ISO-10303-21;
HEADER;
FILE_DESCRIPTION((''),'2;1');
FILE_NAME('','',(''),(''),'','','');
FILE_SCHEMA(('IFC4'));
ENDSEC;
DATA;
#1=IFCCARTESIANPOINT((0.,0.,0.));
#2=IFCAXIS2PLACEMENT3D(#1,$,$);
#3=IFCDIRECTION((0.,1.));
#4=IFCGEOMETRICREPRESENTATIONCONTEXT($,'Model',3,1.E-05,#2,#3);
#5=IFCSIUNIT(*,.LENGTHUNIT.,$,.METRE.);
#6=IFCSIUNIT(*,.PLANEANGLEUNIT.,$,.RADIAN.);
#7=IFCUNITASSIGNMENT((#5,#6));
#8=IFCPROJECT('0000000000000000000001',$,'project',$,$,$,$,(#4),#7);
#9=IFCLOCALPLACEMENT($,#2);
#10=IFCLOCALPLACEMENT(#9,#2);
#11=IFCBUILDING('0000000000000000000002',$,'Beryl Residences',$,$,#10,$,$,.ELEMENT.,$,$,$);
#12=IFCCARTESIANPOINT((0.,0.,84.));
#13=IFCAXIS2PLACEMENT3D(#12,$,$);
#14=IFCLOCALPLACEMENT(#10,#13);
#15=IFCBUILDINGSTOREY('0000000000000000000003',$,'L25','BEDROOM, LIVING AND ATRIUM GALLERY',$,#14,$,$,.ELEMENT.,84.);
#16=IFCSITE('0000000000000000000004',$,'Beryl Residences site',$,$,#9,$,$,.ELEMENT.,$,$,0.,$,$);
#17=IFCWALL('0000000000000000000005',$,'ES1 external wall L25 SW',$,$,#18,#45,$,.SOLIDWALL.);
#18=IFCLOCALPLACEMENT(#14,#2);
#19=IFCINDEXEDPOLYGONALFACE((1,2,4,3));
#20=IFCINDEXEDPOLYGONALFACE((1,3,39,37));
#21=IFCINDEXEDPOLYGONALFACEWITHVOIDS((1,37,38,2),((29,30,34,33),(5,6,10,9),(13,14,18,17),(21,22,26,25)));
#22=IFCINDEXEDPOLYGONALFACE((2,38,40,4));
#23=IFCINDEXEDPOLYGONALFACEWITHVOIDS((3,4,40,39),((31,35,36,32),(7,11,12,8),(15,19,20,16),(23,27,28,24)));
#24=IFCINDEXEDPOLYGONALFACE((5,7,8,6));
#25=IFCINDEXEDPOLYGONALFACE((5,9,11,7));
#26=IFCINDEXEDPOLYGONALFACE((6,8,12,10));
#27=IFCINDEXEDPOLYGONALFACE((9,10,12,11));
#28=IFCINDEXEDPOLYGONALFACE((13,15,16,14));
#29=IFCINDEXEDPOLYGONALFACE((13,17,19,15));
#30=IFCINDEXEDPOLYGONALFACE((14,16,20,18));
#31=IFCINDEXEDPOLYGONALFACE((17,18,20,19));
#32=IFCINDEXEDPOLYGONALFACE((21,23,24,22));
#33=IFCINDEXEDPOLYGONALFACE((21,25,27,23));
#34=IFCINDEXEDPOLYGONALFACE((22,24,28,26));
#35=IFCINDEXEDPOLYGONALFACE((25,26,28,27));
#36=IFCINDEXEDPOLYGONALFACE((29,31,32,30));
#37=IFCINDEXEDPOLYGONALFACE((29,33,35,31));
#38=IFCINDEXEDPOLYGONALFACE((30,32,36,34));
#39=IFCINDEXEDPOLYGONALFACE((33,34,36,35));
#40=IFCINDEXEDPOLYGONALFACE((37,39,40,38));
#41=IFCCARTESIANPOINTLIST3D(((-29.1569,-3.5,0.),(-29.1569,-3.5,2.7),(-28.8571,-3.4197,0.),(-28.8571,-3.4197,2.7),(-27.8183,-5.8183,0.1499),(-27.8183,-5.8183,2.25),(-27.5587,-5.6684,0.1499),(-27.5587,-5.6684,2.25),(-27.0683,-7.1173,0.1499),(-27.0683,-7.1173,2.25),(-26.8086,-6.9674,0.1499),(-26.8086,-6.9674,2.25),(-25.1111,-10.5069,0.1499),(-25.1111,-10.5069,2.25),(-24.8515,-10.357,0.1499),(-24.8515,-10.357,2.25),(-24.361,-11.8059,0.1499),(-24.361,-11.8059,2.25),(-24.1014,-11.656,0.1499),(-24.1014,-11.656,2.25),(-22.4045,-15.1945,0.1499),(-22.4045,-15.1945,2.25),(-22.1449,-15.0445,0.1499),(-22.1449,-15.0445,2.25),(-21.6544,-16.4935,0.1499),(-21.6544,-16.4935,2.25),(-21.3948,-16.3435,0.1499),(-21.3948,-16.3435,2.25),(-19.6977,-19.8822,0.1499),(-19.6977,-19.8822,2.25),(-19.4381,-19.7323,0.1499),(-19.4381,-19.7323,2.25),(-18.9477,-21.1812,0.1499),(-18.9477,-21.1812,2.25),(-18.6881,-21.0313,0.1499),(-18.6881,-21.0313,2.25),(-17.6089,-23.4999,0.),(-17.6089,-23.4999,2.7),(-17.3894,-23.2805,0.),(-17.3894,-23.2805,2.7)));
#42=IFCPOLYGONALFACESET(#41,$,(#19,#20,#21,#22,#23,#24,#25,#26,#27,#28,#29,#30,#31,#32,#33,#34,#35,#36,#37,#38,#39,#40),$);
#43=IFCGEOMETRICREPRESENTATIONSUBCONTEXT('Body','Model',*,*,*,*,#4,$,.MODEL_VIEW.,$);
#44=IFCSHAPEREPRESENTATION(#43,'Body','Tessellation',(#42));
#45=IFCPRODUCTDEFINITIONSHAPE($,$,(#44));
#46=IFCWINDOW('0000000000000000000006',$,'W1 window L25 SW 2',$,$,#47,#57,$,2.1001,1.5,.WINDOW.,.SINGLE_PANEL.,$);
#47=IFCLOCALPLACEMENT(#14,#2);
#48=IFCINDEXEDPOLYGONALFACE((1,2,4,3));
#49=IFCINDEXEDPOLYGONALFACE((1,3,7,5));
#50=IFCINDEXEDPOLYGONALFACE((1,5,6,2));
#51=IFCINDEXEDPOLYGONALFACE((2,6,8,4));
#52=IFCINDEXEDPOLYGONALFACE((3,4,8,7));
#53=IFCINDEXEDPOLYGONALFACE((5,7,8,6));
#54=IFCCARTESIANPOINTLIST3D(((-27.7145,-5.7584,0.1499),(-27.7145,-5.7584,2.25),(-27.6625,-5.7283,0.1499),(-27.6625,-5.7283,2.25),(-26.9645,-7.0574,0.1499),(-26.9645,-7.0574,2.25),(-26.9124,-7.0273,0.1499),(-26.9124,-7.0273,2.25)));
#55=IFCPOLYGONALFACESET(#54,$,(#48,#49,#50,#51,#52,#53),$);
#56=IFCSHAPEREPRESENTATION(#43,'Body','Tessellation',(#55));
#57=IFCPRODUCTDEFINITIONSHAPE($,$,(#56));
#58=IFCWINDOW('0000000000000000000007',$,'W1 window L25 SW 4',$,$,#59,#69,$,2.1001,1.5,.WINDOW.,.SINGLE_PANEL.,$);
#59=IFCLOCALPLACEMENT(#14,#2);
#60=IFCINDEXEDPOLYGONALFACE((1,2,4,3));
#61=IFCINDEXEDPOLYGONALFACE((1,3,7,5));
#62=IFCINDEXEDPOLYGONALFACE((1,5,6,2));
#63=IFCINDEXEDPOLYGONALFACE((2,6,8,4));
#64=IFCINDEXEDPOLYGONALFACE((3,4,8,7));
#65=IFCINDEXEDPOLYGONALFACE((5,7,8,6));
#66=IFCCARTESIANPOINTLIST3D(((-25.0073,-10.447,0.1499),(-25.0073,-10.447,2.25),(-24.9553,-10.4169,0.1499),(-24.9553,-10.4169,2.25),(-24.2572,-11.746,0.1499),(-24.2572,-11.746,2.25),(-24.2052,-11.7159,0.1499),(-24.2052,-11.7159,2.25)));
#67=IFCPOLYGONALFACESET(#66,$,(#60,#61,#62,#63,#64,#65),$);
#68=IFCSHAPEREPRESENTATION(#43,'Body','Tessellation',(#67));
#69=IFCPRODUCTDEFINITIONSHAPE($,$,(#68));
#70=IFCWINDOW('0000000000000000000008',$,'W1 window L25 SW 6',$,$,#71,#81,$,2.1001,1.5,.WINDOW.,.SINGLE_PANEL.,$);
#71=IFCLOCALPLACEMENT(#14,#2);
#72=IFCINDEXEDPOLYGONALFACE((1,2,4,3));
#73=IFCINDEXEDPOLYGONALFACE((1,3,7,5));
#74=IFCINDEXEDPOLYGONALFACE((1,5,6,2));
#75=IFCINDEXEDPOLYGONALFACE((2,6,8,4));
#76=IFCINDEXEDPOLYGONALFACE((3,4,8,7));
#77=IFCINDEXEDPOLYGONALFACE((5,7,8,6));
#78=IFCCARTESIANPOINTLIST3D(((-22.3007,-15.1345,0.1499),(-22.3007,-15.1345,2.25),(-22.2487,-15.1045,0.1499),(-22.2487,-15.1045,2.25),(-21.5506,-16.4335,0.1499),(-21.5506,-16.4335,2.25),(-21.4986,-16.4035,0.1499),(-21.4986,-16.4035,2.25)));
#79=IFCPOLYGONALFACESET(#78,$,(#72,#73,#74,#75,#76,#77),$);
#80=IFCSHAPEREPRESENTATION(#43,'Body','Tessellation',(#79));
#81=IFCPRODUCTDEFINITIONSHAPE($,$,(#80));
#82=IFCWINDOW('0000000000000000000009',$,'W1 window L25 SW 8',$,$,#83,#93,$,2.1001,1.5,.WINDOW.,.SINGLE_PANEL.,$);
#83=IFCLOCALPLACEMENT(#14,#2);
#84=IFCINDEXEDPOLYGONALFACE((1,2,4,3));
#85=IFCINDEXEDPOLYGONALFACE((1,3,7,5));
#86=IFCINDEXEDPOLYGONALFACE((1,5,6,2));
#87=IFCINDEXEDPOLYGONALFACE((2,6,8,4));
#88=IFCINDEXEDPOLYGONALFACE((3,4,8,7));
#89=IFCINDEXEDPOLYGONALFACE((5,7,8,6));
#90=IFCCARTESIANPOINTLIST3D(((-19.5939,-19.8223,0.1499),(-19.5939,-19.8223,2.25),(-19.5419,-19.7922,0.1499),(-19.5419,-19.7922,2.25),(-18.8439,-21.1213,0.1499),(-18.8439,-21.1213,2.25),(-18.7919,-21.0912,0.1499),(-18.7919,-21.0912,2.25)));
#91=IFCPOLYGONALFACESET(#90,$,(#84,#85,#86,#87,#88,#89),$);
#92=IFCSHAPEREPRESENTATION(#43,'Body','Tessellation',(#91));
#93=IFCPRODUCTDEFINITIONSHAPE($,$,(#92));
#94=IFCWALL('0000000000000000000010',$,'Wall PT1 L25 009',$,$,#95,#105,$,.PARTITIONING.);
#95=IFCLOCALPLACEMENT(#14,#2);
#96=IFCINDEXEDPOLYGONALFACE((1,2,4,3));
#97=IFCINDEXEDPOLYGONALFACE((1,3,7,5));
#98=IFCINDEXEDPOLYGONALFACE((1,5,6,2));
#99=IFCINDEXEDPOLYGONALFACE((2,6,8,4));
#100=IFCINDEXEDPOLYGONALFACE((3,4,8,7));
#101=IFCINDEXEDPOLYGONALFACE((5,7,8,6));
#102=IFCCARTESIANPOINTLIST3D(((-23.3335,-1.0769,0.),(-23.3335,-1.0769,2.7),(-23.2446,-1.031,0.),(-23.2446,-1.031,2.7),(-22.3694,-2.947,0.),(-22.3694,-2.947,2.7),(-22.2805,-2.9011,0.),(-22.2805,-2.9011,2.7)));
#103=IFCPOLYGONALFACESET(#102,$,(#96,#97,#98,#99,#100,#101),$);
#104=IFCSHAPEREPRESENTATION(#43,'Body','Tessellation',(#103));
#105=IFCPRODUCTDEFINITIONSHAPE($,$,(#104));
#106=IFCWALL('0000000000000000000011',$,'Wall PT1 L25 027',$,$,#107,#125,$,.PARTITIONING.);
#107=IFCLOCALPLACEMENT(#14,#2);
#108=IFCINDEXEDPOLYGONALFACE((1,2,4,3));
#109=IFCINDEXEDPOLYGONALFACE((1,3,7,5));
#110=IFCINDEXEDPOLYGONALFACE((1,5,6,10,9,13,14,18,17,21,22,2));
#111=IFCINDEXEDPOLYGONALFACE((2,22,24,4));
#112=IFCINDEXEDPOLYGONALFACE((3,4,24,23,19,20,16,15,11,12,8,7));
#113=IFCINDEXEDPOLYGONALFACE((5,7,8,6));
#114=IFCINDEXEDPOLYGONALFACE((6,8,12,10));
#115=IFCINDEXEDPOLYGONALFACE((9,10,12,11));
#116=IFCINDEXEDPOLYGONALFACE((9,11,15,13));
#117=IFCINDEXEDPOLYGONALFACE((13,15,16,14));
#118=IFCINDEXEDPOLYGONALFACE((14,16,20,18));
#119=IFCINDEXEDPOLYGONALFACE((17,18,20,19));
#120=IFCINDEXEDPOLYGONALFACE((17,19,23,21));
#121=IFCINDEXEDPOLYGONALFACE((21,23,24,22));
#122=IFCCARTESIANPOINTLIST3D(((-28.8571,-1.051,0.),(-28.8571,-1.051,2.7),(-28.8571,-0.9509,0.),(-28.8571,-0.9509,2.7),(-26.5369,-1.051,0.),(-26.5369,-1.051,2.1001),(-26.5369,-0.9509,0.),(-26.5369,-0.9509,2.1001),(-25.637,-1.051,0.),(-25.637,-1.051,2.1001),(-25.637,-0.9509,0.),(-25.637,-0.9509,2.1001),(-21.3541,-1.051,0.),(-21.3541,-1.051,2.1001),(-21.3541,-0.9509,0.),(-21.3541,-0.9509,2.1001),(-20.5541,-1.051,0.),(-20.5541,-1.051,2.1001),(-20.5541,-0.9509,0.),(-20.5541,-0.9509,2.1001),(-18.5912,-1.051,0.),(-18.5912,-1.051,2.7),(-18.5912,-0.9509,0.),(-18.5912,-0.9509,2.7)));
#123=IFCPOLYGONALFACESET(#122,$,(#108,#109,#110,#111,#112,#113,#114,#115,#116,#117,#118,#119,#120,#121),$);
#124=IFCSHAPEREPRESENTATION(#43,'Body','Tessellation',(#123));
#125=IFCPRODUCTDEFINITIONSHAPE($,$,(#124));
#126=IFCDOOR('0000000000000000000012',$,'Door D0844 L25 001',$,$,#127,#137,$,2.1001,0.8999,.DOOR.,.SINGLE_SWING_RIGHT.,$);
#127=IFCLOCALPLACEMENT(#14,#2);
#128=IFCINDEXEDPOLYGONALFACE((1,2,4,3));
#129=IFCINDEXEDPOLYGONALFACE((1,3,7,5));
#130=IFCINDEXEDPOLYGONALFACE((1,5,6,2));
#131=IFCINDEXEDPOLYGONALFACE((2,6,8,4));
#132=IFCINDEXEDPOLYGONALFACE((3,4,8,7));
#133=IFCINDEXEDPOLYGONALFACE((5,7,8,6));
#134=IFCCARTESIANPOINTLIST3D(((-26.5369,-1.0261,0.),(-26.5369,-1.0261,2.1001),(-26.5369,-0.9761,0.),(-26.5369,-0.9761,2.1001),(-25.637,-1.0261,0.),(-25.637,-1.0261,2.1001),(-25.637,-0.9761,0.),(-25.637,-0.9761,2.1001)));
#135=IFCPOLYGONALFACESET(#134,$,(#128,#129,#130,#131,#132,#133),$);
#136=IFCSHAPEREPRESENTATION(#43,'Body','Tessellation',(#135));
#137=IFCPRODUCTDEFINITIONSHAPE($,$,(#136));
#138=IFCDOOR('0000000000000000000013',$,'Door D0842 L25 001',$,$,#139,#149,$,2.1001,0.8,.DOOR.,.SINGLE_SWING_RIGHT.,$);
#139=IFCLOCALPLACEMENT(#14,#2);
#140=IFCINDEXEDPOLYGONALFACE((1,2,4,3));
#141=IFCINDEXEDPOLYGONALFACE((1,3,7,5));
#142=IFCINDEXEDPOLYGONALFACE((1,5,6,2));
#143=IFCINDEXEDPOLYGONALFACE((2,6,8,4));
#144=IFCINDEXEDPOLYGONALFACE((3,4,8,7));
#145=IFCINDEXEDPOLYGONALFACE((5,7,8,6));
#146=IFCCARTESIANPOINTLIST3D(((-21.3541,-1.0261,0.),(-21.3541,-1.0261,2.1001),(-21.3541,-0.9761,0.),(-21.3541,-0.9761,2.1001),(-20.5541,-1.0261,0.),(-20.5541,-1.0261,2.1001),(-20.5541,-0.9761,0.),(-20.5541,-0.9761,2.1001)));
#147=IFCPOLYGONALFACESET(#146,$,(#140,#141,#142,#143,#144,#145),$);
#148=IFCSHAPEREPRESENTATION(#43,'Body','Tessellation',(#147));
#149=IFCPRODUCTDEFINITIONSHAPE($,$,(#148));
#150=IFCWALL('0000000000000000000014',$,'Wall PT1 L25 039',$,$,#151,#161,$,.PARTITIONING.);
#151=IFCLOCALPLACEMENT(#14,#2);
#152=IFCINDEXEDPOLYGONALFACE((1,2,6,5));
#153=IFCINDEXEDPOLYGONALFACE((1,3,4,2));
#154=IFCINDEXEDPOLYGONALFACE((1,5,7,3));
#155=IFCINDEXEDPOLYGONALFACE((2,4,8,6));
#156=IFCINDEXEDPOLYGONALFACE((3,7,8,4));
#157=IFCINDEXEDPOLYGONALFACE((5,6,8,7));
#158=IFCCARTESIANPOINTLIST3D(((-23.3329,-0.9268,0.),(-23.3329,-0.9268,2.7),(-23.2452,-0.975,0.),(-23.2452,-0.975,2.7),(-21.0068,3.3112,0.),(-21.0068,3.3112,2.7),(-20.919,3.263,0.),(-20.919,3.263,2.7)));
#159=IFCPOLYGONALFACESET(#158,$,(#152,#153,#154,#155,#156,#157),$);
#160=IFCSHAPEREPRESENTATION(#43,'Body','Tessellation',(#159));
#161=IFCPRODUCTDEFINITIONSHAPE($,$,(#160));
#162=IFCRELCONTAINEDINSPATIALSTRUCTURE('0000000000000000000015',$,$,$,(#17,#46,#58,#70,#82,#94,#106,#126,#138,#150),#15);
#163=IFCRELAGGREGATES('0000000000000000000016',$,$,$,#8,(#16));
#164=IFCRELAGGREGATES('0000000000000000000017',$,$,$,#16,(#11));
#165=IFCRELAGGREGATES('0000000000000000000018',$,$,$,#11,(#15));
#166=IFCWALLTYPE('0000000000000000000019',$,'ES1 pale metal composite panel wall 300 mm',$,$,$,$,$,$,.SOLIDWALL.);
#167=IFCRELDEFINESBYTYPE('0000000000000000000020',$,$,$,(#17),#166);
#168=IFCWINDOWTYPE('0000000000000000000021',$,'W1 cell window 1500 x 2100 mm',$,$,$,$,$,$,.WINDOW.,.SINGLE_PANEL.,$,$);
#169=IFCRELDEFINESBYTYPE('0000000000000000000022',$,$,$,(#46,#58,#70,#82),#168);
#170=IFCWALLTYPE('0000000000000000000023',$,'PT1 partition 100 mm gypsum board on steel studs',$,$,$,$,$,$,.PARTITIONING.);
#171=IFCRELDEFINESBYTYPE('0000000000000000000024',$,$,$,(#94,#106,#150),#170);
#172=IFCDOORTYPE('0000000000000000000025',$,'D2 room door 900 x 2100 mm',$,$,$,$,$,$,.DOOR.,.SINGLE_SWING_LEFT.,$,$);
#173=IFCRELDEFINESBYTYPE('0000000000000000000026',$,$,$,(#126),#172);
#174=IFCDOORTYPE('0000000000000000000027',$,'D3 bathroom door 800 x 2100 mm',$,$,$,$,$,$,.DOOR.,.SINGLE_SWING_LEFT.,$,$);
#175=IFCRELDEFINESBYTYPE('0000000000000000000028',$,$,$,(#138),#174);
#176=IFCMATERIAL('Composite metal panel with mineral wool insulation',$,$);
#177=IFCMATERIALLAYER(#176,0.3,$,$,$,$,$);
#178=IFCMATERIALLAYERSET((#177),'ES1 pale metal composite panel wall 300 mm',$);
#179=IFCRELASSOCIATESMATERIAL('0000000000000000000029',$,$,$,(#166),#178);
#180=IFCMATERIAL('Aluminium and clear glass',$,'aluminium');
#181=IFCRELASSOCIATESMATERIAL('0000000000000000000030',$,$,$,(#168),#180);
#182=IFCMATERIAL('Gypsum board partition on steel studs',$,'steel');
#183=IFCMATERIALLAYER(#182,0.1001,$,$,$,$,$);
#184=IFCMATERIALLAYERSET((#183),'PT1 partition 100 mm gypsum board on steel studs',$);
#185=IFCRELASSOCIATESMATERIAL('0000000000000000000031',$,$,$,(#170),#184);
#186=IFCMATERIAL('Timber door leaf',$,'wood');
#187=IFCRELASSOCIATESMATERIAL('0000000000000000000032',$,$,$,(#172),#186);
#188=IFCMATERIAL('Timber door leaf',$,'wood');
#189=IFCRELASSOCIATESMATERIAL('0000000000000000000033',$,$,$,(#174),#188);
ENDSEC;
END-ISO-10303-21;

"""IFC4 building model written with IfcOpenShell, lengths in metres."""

from ifc_helpers import new_model, si_unit, direction, frame, frame_2d, origin, place, context, subcontext, project, spatial, polyline, rectangle, outline, extrude, material, layer, layer_set, type_object, element, fill, save


model = new_model("IFC4")

# Units and contexts
model_context = context("Model", 3, precision=1e-05, world=origin(), true_north=direction((0.0, 1.0)))
body_context = subcontext(model_context, "Body", "Model", "MODEL_VIEW")
ifc_project = project(units=[si_unit("LENGTHUNIT", "METRE"), si_unit("PLANEANGLEUNIT", "RADIAN")], contexts=[model_context])

# Site, building, storey
site_placement = place(None, origin())
site = spatial("IfcSite", under=ifc_project, at=site_placement, Name="Beryl Residences site", CompositionType="ELEMENT", RefElevation=0.0)
building_placement = place(site_placement, origin())
building = spatial("IfcBuilding", under=site, at=building_placement, Name="Beryl Residences", CompositionType="ELEMENT")
storey_placement = place(building_placement, frame((0.0, 0.0, 84.0)))
storey = spatial("IfcBuildingStorey", under=building, at=storey_placement, Name="L25", Description="BEDROOM, LIVING AND ATRIUM GALLERY", CompositionType="ELEMENT", Elevation=84.0)

# Shared definitions
ifc_material_1 = material(Name="Composite metal panel with mineral wool insulation")
ifc_layer_1 = layer(ifc_material_1, 0.3)
ifc_layer_set_1 = layer_set([ifc_layer_1], Name="ES1 pale metal composite panel wall 300 mm")
wall_type_1 = type_object("IfcWallType", Name="ES1 pale metal composite panel wall 300 mm", PredefinedType="SOLIDWALL", material=ifc_layer_set_1)

# Wall, openings, windows
wall_1_placement = place(storey_placement, frame((-29.0271, -3.425, 0.0), z_axis=(0.0, 0.0, 1.0), x_axis=(0.500035, -0.866005, 0.0)))
wall_1 = element("IfcWall", 1, at=wall_1_placement, inside=storey, type_object=wall_type_1, Name="ES1 external wall L25 SW", PredefinedType="SOLIDWALL", context=body_context, shape_type="SweptSolid", body=[
    extrude(outline(polyline([(0.0, -0.1499), (23.0945, -0.1499), (23.0142, 0.1499), (0.0803, 0.1499), (0.0, -0.1499)])), origin(), (0.0, 0.0, 1.0), 2.7),
])
opening_1_placement = place(wall_1_placement, frame((2.677, 0.0, 0.1499)))
opening_1 = element("IfcOpeningElement", 2, at=opening_1_placement, cuts=wall_1, PredefinedType="OPENING", context=body_context, shape_type="SweptSolid", body=[
    extrude(rectangle(XDim=1.5, YDim=2.1001, at=frame_2d((0.75, 1.05))), frame((0.0, 0.1599, 0.0), z_axis=(0.0, -1.0, 0.0), x_axis=(1.0, 0.0, 0.0)), (0.0, 0.0, 1.0), 0.3201),
])
opening_2_placement = place(wall_1_placement, frame((8.0911, 0.0, 0.1499)))
opening_2 = element("IfcOpeningElement", 3, at=opening_2_placement, cuts=wall_1, PredefinedType="OPENING", context=body_context, shape_type="SweptSolid", body=[
    extrude(rectangle(XDim=1.5, YDim=2.1001, at=frame_2d((0.75, 1.05))), frame((0.0, 0.1599, 0.0), z_axis=(0.0, -1.0, 0.0), x_axis=(1.0, 0.0, 0.0)), (0.0, 0.0, 1.0), 0.3201),
])
opening_3_placement = place(wall_1_placement, frame((13.5039, 0.0, 0.1499)))
opening_3 = element("IfcOpeningElement", 4, at=opening_3_placement, cuts=wall_1, PredefinedType="OPENING", context=body_context, shape_type="SweptSolid", body=[
    extrude(rectangle(XDim=1.5, YDim=2.1001, at=frame_2d((0.75, 1.05))), frame((0.0, 0.1599, 0.0), z_axis=(0.0, -1.0, 0.0), x_axis=(1.0, 0.0, 0.0)), (0.0, 0.0, 1.0), 0.3201),
])
opening_4_placement = place(wall_1_placement, frame((18.917, 0.0, 0.1499)))
opening_4 = element("IfcOpeningElement", 5, at=opening_4_placement, cuts=wall_1, PredefinedType="OPENING", context=body_context, shape_type="SweptSolid", body=[
    extrude(rectangle(XDim=1.5, YDim=2.1001, at=frame_2d((0.75, 1.05))), frame((0.0, 0.1599, 0.0), z_axis=(0.0, -1.0, 0.0), x_axis=(1.0, 0.0, 0.0)), (0.0, 0.0, 1.0), 0.3201),
])
ifc_material_2 = material(Name="Aluminium and clear glass", Category="aluminium")
window_type_1 = type_object("IfcWindowType", Name="W1 cell window 1500 x 2100 mm", PartitioningType="SINGLE_PANEL", PredefinedType="WINDOW", material=ifc_material_2)
window_1_placement = place(opening_1_placement, origin())
window_1 = element("IfcWindow", 6, at=window_1_placement, inside=storey, type_object=window_type_1, Name="W1 window L25 SW 2", OverallHeight=2.1001, OverallWidth=1.5, PartitioningType="SINGLE_PANEL", PredefinedType="WINDOW", context=body_context, shape_type="SweptSolid", body=[
    extrude(rectangle(XDim=1.5, YDim=2.1001, at=frame_2d((0.75, 1.05))), frame((0.0, 0.03, 0.0), z_axis=(0.0, -1.0, 0.0), x_axis=(1.0, 0.0, 0.0)), (0.0, 0.0, 1.0), 0.0601),
])
fill(opening_1, window_1)
window_2_placement = place(opening_2_placement, origin())
window_2 = element("IfcWindow", 7, at=window_2_placement, inside=storey, type_object=window_type_1, Name="W1 window L25 SW 4", OverallHeight=2.1001, OverallWidth=1.5, PartitioningType="SINGLE_PANEL", PredefinedType="WINDOW", context=body_context, shape_type="SweptSolid", body=[
    extrude(rectangle(XDim=1.5, YDim=2.1001, at=frame_2d((0.75, 1.05))), frame((0.0, 0.03, 0.0), z_axis=(0.0, -1.0, 0.0), x_axis=(1.0, 0.0, 0.0)), (0.0, 0.0, 1.0), 0.0601),
])
fill(opening_2, window_2)
window_3_placement = place(opening_3_placement, origin())
window_3 = element("IfcWindow", 8, at=window_3_placement, inside=storey, type_object=window_type_1, Name="W1 window L25 SW 6", OverallHeight=2.1001, OverallWidth=1.5, PartitioningType="SINGLE_PANEL", PredefinedType="WINDOW", context=body_context, shape_type="SweptSolid", body=[
    extrude(rectangle(XDim=1.5, YDim=2.1001, at=frame_2d((0.75, 1.05))), frame((0.0, 0.03, 0.0), z_axis=(0.0, -1.0, 0.0), x_axis=(1.0, 0.0, 0.0)), (0.0, 0.0, 1.0), 0.0601),
])
fill(opening_3, window_3)
window_4_placement = place(opening_4_placement, origin())
window_4 = element("IfcWindow", 9, at=window_4_placement, inside=storey, type_object=window_type_1, Name="W1 window L25 SW 8", OverallHeight=2.1001, OverallWidth=1.5, PartitioningType="SINGLE_PANEL", PredefinedType="WINDOW", context=body_context, shape_type="SweptSolid", body=[
    extrude(rectangle(XDim=1.5, YDim=2.1001, at=frame_2d((0.75, 1.05))), frame((0.0, 0.03, 0.0), z_axis=(0.0, -1.0, 0.0), x_axis=(1.0, 0.0, 0.0)), (0.0, 0.0, 1.0), 0.0601),
])
fill(opening_4, window_4)

# Wall
ifc_material_3 = material(Name="Gypsum board partition on steel studs", Category="steel")
ifc_layer_2 = layer(ifc_material_3, 0.1001)
ifc_layer_set_2 = layer_set([ifc_layer_2], Name="PT1 partition 100 mm gypsum board on steel studs")
wall_type_2 = type_object("IfcWallType", Name="PT1 partition 100 mm gypsum board on steel studs", PredefinedType="PARTITIONING", material=ifc_layer_set_2)
wall_2_placement = place(storey_placement, frame((-23.2891, -1.054, 0.0), z_axis=(0.0, 0.0, 1.0), x_axis=(0.458226, -0.888836, 0.0)))
element("IfcWall", 10, at=wall_2_placement, inside=storey, type_object=wall_type_2, Name="Wall PT1 L25 009", PredefinedType="PARTITIONING", context=body_context, shape_type="SweptSolid", body=[
    extrude(rectangle(XDim=2.104, YDim=0.1001, at=frame_2d((1.052, 0.0))), origin(), (0.0, 0.0, 1.0), 2.7),
])

# Wall, openings, doors
wall_3_placement = place(storey_placement, frame((-28.8569, -1.001, 0.0), z_axis=(0.0, 0.0, 1.0), x_axis=(1.0, 0.0, 0.0)))
wall_3 = element("IfcWall", 11, at=wall_3_placement, inside=storey, type_object=wall_type_2, Name="Wall PT1 L25 027", PredefinedType="PARTITIONING", context=body_context, shape_type="SweptSolid", body=[
    extrude(rectangle(XDim=10.2659, YDim=0.1001, at=frame_2d((5.1328, 0.0))), origin(), (0.0, 0.0, 1.0), 2.7),
])
opening_5_placement = place(wall_3_placement, frame((7.5029, 0.0, 0.0)))
opening_5 = element("IfcOpeningElement", 12, at=opening_5_placement, cuts=wall_3, PredefinedType="OPENING", context=body_context, shape_type="SweptSolid", body=[
    extrude(rectangle(XDim=0.8, YDim=2.1001, at=frame_2d((0.3999, 1.05))), frame((0.0, 0.0601, 0.0), z_axis=(0.0, -1.0, 0.0), x_axis=(1.0, 0.0, 0.0)), (0.0, 0.0, 1.0), 0.1201),
])
opening_6_placement = place(wall_3_placement, frame((2.3201, 0.0, 0.0)))
opening_6 = element("IfcOpeningElement", 13, at=opening_6_placement, cuts=wall_3, PredefinedType="OPENING", context=body_context, shape_type="SweptSolid", body=[
    extrude(rectangle(XDim=0.8999, YDim=2.1001, at=frame_2d((0.45, 1.05))), frame((0.0, 0.0601, 0.0), z_axis=(0.0, -1.0, 0.0), x_axis=(1.0, 0.0, 0.0)), (0.0, 0.0, 1.0), 0.1201),
])
ifc_material_4 = material(Name="Timber door leaf", Category="wood")
door_type_1 = type_object("IfcDoorType", Name="D2 room door 900 x 2100 mm", OperationType="SINGLE_SWING_LEFT", PredefinedType="DOOR", material=ifc_material_4)
door_1_placement = place(opening_6_placement, origin())
door_1 = element("IfcDoor", 14, at=door_1_placement, inside=storey, type_object=door_type_1, Name="Door D0844 L25 001", OperationType="SINGLE_SWING_RIGHT", OverallHeight=2.1001, OverallWidth=0.8999, PredefinedType="DOOR", context=body_context, shape_type="SweptSolid", body=[
    extrude(rectangle(XDim=0.8999, YDim=2.1001, at=frame_2d((0.45, 1.05))), frame((0.0, 0.0249, 0.0), z_axis=(0.0, -1.0, 0.0), x_axis=(1.0, 0.0, 0.0)), (0.0, 0.0, 1.0), 0.05),
])
fill(opening_6, door_1)
ifc_material_5 = material(Name="Timber door leaf", Category="wood")
door_type_2 = type_object("IfcDoorType", Name="D3 bathroom door 800 x 2100 mm", OperationType="SINGLE_SWING_LEFT", PredefinedType="DOOR", material=ifc_material_5)
door_2_placement = place(opening_5_placement, origin())
door_2 = element("IfcDoor", 15, at=door_2_placement, inside=storey, type_object=door_type_2, Name="Door D0842 L25 001", OperationType="SINGLE_SWING_RIGHT", OverallHeight=2.1001, OverallWidth=0.8, PredefinedType="DOOR", context=body_context, shape_type="SweptSolid", body=[
    extrude(rectangle(XDim=0.8, YDim=2.1001, at=frame_2d((0.3999, 1.05))), frame((0.0, 0.0249, 0.0), z_axis=(0.0, -1.0, 0.0), x_axis=(1.0, 0.0, 0.0)), (0.0, 0.0, 1.0), 0.05),
])
fill(opening_5, door_2)

# Wall
wall_4_placement = place(storey_placement, frame((-23.2891, -0.9509, 0.0), z_axis=(0.0, 0.0, 1.0), x_axis=(0.481164, 0.87663, 0.0)))
element("IfcWall", 16, at=wall_4_placement, inside=storey, type_object=wall_type_2, Name="Wall PT1 L25 039", PredefinedType="PARTITIONING", context=body_context, shape_type="SweptSolid", body=[
    extrude(rectangle(XDim=4.8345, YDim=0.1001, at=frame_2d((2.4172, 0.0))), origin(), (0.0, 0.0, 1.0), 2.7),
])

save(model, "model.ifc")
